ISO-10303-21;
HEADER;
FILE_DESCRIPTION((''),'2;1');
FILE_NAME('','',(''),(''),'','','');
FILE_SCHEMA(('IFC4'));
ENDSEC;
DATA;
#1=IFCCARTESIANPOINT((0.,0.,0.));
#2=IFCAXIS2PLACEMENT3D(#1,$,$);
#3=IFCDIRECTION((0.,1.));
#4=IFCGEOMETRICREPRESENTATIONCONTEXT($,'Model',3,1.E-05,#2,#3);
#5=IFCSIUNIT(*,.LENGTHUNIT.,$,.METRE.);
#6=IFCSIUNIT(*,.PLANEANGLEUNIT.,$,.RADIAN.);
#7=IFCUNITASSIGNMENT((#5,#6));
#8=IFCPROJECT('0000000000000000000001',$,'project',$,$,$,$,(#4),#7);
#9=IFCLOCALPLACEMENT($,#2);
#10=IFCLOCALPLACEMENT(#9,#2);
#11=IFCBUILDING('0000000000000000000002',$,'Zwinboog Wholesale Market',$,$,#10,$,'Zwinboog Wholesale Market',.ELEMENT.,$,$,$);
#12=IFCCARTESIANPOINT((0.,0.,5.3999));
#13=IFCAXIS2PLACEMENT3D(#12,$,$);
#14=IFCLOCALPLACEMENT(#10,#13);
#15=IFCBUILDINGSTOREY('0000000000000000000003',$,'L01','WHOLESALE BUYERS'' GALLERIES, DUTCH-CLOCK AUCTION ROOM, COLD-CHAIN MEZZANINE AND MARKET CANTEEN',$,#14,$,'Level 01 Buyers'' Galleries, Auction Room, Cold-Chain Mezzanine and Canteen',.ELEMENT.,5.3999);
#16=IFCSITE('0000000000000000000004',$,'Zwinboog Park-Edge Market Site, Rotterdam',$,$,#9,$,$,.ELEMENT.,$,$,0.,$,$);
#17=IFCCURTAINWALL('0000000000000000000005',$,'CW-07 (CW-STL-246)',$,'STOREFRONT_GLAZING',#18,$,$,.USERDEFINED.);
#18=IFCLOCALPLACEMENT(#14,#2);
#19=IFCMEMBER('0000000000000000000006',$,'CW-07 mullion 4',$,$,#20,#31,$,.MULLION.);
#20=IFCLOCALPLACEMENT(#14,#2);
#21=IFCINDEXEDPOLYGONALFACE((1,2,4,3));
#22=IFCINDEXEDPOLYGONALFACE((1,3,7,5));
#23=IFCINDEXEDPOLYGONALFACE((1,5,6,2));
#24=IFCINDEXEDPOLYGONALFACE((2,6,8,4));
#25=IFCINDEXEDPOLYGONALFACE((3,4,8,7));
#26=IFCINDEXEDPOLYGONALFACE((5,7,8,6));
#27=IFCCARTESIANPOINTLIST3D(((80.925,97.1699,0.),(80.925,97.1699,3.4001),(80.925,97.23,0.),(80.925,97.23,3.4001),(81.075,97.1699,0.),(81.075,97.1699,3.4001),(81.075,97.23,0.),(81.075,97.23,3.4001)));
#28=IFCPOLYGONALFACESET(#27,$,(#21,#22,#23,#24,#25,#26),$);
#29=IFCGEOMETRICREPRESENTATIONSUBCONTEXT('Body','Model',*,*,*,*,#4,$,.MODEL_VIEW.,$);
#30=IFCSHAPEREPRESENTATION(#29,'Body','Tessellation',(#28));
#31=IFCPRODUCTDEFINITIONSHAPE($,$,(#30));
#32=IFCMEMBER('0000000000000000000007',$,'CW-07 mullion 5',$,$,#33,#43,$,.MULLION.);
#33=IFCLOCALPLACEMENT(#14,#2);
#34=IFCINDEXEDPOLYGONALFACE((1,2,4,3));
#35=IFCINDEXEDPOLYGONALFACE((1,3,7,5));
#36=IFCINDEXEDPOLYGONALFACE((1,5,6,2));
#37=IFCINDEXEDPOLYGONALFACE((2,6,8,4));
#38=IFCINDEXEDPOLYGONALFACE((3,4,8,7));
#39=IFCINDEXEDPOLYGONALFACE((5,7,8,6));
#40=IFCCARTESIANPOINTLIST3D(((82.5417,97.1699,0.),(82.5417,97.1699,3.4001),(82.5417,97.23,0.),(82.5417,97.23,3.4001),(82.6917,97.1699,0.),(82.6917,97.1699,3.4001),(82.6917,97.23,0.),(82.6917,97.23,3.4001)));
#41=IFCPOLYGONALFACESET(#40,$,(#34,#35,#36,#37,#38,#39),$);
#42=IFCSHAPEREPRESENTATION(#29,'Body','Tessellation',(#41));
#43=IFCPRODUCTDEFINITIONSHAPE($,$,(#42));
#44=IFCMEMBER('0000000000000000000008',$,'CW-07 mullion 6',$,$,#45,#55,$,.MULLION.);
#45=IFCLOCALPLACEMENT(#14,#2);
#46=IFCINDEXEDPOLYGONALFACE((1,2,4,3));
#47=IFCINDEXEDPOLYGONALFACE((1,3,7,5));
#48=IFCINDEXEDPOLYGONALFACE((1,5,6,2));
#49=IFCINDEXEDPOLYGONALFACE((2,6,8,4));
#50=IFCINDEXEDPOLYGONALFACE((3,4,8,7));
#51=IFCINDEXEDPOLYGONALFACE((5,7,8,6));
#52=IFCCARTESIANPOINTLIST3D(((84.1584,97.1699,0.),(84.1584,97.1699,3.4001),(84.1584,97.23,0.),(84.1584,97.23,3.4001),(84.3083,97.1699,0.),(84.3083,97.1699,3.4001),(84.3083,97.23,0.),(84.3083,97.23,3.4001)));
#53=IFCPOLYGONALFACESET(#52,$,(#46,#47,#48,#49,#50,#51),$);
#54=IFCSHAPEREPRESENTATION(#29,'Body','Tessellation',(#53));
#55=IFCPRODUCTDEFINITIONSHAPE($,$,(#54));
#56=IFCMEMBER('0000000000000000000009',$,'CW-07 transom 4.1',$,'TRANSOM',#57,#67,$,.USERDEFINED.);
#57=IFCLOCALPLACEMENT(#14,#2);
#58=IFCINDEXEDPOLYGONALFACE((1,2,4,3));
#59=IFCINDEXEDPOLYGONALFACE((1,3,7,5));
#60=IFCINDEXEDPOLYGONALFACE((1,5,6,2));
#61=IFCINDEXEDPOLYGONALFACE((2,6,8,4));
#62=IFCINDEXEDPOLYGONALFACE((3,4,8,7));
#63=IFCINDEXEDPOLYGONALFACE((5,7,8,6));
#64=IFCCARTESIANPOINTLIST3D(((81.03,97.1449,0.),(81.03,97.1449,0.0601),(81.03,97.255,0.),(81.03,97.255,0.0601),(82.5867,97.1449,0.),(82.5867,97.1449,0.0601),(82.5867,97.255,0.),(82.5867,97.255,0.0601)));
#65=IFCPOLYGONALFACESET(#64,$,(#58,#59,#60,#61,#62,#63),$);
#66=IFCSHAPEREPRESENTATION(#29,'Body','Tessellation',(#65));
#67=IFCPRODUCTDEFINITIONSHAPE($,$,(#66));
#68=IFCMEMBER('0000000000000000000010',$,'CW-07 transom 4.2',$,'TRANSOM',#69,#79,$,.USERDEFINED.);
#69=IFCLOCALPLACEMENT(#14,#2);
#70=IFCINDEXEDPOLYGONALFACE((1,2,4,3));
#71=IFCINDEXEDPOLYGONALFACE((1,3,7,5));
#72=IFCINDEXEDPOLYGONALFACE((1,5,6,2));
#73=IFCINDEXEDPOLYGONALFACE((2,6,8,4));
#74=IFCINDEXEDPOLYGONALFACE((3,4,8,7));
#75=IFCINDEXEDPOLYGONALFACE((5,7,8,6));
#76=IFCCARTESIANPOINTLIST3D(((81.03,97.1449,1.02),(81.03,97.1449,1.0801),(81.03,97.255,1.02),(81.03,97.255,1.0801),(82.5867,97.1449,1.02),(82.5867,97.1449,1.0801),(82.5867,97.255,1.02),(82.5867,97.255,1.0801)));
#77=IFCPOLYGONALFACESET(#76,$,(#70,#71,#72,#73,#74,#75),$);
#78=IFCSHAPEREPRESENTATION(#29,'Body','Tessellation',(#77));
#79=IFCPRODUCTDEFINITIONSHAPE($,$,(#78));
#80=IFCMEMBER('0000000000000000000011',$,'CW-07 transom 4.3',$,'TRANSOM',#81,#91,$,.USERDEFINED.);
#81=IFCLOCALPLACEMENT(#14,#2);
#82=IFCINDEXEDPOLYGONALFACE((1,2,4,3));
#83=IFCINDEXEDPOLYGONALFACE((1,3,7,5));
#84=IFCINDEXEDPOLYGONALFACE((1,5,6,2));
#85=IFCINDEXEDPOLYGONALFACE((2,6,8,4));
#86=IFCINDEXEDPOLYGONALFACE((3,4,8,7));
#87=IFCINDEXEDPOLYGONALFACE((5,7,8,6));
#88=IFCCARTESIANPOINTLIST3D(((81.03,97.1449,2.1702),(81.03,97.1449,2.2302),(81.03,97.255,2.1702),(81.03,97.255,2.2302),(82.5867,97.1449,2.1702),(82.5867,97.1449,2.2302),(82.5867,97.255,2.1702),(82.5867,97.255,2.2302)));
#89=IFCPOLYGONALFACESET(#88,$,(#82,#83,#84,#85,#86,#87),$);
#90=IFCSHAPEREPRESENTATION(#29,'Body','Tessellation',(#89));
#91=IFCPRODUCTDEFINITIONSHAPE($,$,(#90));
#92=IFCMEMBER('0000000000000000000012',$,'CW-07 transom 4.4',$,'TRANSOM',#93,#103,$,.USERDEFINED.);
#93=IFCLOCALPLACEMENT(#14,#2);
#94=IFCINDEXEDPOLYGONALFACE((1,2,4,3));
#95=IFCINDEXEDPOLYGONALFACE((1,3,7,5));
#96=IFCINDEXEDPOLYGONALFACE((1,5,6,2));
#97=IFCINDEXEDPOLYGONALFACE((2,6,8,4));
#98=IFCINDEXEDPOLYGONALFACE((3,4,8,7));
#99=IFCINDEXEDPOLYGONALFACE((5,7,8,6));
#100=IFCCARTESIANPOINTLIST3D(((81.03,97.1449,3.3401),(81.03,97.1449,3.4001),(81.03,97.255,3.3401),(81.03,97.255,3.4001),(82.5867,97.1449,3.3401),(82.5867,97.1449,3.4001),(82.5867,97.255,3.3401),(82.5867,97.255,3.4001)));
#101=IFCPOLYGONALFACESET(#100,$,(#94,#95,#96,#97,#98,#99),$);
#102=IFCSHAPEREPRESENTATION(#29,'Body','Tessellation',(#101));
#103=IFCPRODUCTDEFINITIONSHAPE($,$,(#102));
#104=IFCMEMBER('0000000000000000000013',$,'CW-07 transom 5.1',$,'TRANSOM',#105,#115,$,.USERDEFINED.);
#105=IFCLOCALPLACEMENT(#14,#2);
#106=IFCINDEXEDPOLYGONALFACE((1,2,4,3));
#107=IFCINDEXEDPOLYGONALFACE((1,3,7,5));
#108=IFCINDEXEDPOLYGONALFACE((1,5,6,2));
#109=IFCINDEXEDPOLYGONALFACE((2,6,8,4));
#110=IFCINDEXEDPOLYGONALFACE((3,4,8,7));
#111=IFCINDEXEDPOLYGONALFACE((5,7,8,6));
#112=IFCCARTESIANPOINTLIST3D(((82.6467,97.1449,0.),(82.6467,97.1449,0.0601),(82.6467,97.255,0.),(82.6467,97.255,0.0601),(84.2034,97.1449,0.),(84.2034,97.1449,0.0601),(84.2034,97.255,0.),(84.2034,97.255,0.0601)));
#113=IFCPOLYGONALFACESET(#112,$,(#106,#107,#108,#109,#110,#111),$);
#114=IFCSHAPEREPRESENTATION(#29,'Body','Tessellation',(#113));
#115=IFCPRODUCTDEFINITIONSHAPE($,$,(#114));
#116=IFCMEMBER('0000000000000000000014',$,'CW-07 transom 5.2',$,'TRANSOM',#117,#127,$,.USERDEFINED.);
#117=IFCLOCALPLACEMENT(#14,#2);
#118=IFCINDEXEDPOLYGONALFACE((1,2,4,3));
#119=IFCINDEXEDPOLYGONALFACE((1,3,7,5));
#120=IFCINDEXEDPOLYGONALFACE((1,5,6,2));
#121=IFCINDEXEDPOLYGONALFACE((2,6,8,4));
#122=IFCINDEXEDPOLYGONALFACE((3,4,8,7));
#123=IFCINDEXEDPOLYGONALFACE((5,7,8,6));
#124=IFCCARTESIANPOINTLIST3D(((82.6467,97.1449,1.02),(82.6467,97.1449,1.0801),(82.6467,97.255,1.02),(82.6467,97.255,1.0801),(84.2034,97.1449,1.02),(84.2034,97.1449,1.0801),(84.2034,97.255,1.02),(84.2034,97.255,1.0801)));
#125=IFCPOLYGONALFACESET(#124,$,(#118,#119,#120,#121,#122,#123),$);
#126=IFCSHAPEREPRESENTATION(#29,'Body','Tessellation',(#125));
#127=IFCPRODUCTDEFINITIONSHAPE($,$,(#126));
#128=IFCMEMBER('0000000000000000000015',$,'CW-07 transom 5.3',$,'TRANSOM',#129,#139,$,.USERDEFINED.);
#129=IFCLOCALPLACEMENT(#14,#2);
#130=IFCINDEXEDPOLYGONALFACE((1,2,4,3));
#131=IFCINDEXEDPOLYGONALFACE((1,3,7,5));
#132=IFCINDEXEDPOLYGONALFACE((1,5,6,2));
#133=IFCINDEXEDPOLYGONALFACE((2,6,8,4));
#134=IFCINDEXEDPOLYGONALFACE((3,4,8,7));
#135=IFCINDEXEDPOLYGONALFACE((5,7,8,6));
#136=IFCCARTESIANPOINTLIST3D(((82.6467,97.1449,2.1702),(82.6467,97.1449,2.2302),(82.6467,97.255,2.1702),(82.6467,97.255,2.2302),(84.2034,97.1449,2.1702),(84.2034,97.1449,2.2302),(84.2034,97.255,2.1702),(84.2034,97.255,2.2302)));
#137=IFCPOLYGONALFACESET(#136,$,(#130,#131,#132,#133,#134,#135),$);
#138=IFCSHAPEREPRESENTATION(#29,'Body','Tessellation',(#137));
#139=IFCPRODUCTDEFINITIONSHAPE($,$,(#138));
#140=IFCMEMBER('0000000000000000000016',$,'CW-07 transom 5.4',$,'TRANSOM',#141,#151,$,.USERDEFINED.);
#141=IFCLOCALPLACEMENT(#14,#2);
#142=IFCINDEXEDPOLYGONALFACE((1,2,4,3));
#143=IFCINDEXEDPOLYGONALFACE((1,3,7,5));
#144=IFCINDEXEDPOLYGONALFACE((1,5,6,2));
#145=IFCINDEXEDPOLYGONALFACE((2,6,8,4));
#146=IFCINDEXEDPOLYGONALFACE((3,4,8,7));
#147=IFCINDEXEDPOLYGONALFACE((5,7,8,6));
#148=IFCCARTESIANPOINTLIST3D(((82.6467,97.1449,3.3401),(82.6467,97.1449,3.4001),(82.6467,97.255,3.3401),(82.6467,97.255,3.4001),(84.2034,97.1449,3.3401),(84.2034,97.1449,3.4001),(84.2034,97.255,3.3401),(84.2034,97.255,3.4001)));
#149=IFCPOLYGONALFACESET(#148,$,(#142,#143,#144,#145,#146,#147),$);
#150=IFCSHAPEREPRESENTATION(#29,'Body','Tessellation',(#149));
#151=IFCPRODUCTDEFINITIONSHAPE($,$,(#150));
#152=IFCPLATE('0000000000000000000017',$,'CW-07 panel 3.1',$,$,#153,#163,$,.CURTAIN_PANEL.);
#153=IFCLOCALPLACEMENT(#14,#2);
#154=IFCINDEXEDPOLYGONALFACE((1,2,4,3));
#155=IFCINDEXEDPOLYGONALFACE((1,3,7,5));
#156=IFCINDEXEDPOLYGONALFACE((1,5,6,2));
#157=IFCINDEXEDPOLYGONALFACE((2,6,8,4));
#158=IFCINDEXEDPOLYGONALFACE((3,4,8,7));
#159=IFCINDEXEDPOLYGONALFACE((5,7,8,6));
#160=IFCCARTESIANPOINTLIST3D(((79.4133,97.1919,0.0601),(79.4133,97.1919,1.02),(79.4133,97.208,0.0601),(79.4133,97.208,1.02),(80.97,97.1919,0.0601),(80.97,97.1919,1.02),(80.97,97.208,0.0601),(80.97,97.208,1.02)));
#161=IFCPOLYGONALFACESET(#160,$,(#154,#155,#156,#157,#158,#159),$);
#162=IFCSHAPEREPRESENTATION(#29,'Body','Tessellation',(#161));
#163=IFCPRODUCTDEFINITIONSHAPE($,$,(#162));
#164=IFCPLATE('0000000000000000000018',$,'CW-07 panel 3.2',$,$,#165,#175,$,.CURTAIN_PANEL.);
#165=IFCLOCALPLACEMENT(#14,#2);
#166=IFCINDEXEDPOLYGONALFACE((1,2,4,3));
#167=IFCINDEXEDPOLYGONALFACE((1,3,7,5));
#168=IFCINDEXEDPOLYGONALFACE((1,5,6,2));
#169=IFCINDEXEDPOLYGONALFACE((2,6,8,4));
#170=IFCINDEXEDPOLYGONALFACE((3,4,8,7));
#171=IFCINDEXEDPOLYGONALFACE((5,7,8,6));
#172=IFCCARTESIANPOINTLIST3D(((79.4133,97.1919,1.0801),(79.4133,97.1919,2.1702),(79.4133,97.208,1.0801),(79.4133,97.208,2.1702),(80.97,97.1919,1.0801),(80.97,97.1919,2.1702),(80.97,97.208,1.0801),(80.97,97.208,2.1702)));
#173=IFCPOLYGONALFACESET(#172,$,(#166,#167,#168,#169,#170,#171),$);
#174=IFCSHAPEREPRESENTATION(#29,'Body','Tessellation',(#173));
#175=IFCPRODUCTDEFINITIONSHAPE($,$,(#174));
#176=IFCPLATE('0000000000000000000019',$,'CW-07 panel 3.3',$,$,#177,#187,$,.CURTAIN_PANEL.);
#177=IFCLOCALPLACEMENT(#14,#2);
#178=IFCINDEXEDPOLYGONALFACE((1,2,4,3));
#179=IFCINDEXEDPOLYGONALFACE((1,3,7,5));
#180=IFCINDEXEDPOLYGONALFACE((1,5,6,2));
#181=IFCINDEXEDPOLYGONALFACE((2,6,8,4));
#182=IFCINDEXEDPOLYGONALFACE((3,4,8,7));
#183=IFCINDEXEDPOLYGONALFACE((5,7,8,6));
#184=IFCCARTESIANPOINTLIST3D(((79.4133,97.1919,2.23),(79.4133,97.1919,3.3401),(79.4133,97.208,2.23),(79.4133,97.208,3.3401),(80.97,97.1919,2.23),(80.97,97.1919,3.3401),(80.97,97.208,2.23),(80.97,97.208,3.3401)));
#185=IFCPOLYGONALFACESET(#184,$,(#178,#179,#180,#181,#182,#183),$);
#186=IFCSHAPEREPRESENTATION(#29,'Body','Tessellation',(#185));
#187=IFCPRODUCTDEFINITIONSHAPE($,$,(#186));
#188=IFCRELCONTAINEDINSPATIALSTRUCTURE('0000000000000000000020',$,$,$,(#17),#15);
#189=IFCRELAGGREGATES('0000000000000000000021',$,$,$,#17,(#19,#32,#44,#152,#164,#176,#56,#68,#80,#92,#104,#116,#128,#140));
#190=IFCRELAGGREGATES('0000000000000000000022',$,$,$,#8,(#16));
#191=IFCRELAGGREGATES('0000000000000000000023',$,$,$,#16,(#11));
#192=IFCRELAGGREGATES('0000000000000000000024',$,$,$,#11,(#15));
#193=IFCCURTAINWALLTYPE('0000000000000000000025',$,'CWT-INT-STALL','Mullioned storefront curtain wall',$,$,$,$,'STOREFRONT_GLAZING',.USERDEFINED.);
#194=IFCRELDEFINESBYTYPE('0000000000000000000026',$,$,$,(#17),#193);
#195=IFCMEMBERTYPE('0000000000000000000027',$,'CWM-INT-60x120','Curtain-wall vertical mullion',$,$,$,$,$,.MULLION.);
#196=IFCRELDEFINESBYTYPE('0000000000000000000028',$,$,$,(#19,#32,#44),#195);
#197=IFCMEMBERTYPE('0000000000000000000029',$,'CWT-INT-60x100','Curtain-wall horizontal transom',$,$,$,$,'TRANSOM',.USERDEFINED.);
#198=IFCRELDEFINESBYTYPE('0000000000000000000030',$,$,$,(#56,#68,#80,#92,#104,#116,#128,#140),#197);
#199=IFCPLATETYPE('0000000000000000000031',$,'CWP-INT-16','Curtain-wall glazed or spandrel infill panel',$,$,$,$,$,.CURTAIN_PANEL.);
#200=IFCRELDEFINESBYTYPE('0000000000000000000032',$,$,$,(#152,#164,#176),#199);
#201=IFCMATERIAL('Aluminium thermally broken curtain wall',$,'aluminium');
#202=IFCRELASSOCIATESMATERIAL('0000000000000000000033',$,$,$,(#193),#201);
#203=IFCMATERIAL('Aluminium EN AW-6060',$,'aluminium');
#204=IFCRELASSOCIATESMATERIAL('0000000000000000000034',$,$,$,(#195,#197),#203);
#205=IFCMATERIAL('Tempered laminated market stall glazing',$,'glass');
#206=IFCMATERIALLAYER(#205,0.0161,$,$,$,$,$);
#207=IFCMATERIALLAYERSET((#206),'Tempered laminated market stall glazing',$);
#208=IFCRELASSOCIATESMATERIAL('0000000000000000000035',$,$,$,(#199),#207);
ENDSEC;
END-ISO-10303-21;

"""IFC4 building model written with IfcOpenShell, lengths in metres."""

from ifc_helpers import new_model, si_unit, direction, frame, origin, origin_2d, place, context, subcontext, project, spatial, rectangle, extrude, material, layer, layer_set, material_profile, profile_set, type_object, element, aggregate, save


model = new_model("IFC4")

# Units and contexts
model_context = context("Model", 3, precision=1e-05, world=origin(), true_north=direction((0.0, 1.0)))
body_context = subcontext(model_context, "Body", "Model", "MODEL_VIEW")
ifc_project = project(units=[si_unit("LENGTHUNIT", "METRE"), si_unit("PLANEANGLEUNIT", "RADIAN")], contexts=[model_context])

# Site, building, storey
site_placement = place(None, origin())
site = spatial("IfcSite", under=ifc_project, at=site_placement, Name="Zwinboog Park-Edge Market Site, Rotterdam", CompositionType="ELEMENT", RefElevation=0.0)
building_placement = place(site_placement, origin())
building = spatial("IfcBuilding", under=site, at=building_placement, Name="Zwinboog Wholesale Market", LongName="Zwinboog Wholesale Market", CompositionType="ELEMENT")
storey_placement = place(building_placement, frame((0.0, 0.0, 5.3999)))
storey = spatial("IfcBuildingStorey", under=building, at=storey_placement, Name="L01", Description="WHOLESALE BUYERS' GALLERIES, DUTCH-CLOCK AUCTION ROOM, COLD-CHAIN MEZZANINE AND MARKET CANTEEN", LongName="Level 01 Buyers' Galleries, Auction Room, Cold-Chain Mezzanine and Canteen", CompositionType="ELEMENT", Elevation=5.3999)

# Curtain wall, members, plates
ifc_material_1 = material(Name="Aluminium thermally broken curtain wall", Category="aluminium")
curtain_wall_type = type_object("IfcCurtainWallType", Name="CWT-INT-STALL", Description="Mullioned storefront curtain wall", ElementType="STOREFRONT_GLAZING", PredefinedType="USERDEFINED", material=ifc_material_1)
curtain_wall_placement = place(storey_placement, origin())
curtain_wall = element("IfcCurtainWall", 1, at=curtain_wall_placement, inside=storey, type_object=curtain_wall_type, Name="CW-07 (CW-STL-246)", ObjectType="STOREFRONT_GLAZING", PredefinedType="USERDEFINED")
ifc_material_2 = material(Name="Aluminium EN AW-6060", Category="aluminium")
ifc_material_profile_1 = material_profile(ifc_material_2, rectangle(XDim=0.0601, YDim=0.1499, at=origin_2d()), Name="AL 60x150")
ifc_profile_set_1 = profile_set([ifc_material_profile_1], Name="Aluminium EN AW-6060")
member_type_1 = type_object("IfcMemberType", Name="CWM-INT-60x120", Description="Curtain-wall vertical mullion", PredefinedType="MULLION", material=ifc_profile_set_1)
member_1_placement = place(storey_placement, frame((81.0, 97.2, 0.0), z_axis=(0.0, 0.0, 1.0), x_axis=(0.0, 1.0, 0.0)))
member_1 = element("IfcMember", 2, at=member_1_placement, type_object=member_type_1, Name="CW-07 mullion 4", PredefinedType="MULLION", context=body_context, shape_type="SweptSolid", body=[
    extrude(rectangle(XDim=0.0601, YDim=0.1499, at=origin_2d()), origin(), (0.0, 0.0, 1.0), 3.4001),
])
member_2_placement = place(storey_placement, frame((82.6167, 97.2, 0.0), z_axis=(0.0, 0.0, 1.0), x_axis=(0.0, 1.0, 0.0)))
member_2 = element("IfcMember", 3, at=member_2_placement, type_object=member_type_1, Name="CW-07 mullion 5", PredefinedType="MULLION", context=body_context, shape_type="SweptSolid", body=[
    extrude(rectangle(XDim=0.0601, YDim=0.1499, at=origin_2d()), origin(), (0.0, 0.0, 1.0), 3.4001),
])
member_3_placement = place(storey_placement, frame((84.2334, 97.2, 0.0), z_axis=(0.0, 0.0, 1.0), x_axis=(0.0, 1.0, 0.0)))
member_3 = element("IfcMember", 4, at=member_3_placement, type_object=member_type_1, Name="CW-07 mullion 6", PredefinedType="MULLION", context=body_context, shape_type="SweptSolid", body=[
    extrude(rectangle(XDim=0.0601, YDim=0.1499, at=origin_2d()), origin(), (0.0, 0.0, 1.0), 3.4001),
])
ifc_material_profile_2 = material_profile(ifc_material_2, rectangle(XDim=0.1101, YDim=0.0601, at=origin_2d()), Name="AL 60x110")
ifc_profile_set_2 = profile_set([ifc_material_profile_2], Name="Aluminium EN AW-6060")
member_type_2 = type_object("IfcMemberType", Name="CWT-INT-60x100", Description="Curtain-wall horizontal transom", ElementType="TRANSOM", PredefinedType="USERDEFINED", material=ifc_profile_set_2)
member_4_placement = place(storey_placement, frame((81.03, 97.2, 0.03), z_axis=(1.0, 0.0, 0.0), x_axis=(0.0, 1.0, 0.0)))
member_4 = element("IfcMember", 5, at=member_4_placement, type_object=member_type_2, Name="CW-07 transom 4.1", ObjectType="TRANSOM", PredefinedType="USERDEFINED", context=body_context, shape_type="SweptSolid", body=[
    extrude(rectangle(XDim=0.1101, YDim=0.0601, at=origin_2d()), origin(), (0.0, 0.0, 1.0), 1.5566),
])
member_5_placement = place(storey_placement, frame((81.03, 97.2, 1.05), z_axis=(1.0, 0.0, 0.0), x_axis=(0.0, 1.0, 0.0)))
member_5 = element("IfcMember", 6, at=member_5_placement, type_object=member_type_2, Name="CW-07 transom 4.2", ObjectType="TRANSOM", PredefinedType="USERDEFINED", context=body_context, shape_type="SweptSolid", body=[
    extrude(rectangle(XDim=0.1101, YDim=0.0601, at=origin_2d()), origin(), (0.0, 0.0, 1.0), 1.5566),
])
member_6_placement = place(storey_placement, frame((81.03, 97.2, 2.2002), z_axis=(1.0, 0.0, 0.0), x_axis=(0.0, 1.0, 0.0)))
member_6 = element("IfcMember", 7, at=member_6_placement, type_object=member_type_2, Name="CW-07 transom 4.3", ObjectType="TRANSOM", PredefinedType="USERDEFINED", context=body_context, shape_type="SweptSolid", body=[
    extrude(rectangle(XDim=0.1101, YDim=0.0601, at=origin_2d()), origin(), (0.0, 0.0, 1.0), 1.5566),
])
member_7_placement = place(storey_placement, frame((81.03, 97.2, 3.3701), z_axis=(1.0, 0.0, 0.0), x_axis=(0.0, 1.0, 0.0)))
member_7 = element("IfcMember", 8, at=member_7_placement, type_object=member_type_2, Name="CW-07 transom 4.4", ObjectType="TRANSOM", PredefinedType="USERDEFINED", context=body_context, shape_type="SweptSolid", body=[
    extrude(rectangle(XDim=0.1101, YDim=0.0601, at=origin_2d()), origin(), (0.0, 0.0, 1.0), 1.5566),
])
member_8_placement = place(storey_placement, frame((82.6467, 97.2, 0.03), z_axis=(1.0, 0.0, 0.0), x_axis=(0.0, 1.0, 0.0)))
member_8 = element("IfcMember", 9, at=member_8_placement, type_object=member_type_2, Name="CW-07 transom 5.1", ObjectType="TRANSOM", PredefinedType="USERDEFINED", context=body_context, shape_type="SweptSolid", body=[
    extrude(rectangle(XDim=0.1101, YDim=0.0601, at=origin_2d()), origin(), (0.0, 0.0, 1.0), 1.5566),
])
member_9_placement = place(storey_placement, frame((82.6467, 97.2, 1.05), z_axis=(1.0, 0.0, 0.0), x_axis=(0.0, 1.0, 0.0)))
member_9 = element("IfcMember", 10, at=member_9_placement, type_object=member_type_2, Name="CW-07 transom 5.2", ObjectType="TRANSOM", PredefinedType="USERDEFINED", context=body_context, shape_type="SweptSolid", body=[
    extrude(rectangle(XDim=0.1101, YDim=0.0601, at=origin_2d()), origin(), (0.0, 0.0, 1.0), 1.5566),
])
member_10_placement = place(storey_placement, frame((82.6467, 97.2, 2.2002), z_axis=(1.0, 0.0, 0.0), x_axis=(0.0, 1.0, 0.0)))
member_10 = element("IfcMember", 11, at=member_10_placement, type_object=member_type_2, Name="CW-07 transom 5.3", ObjectType="TRANSOM", PredefinedType="USERDEFINED", context=body_context, shape_type="SweptSolid", body=[
    extrude(rectangle(XDim=0.1101, YDim=0.0601, at=origin_2d()), origin(), (0.0, 0.0, 1.0), 1.5566),
])
member_11_placement = place(storey_placement, frame((82.6467, 97.2, 3.3701), z_axis=(1.0, 0.0, 0.0), x_axis=(0.0, 1.0, 0.0)))
member_11 = element("IfcMember", 12, at=member_11_placement, type_object=member_type_2, Name="CW-07 transom 5.4", ObjectType="TRANSOM", PredefinedType="USERDEFINED", context=body_context, shape_type="SweptSolid", body=[
    extrude(rectangle(XDim=0.1101, YDim=0.0601, at=origin_2d()), origin(), (0.0, 0.0, 1.0), 1.5566),
])
ifc_material_3 = material(Name="Tempered laminated market stall glazing", Category="glass")
ifc_layer = layer(ifc_material_3, 0.0161)
ifc_layer_set = layer_set([ifc_layer], Name="Tempered laminated market stall glazing")
plate_type = type_object("IfcPlateType", Name="CWP-INT-16", Description="Curtain-wall glazed or spandrel infill panel", PredefinedType="CURTAIN_PANEL", material=ifc_layer_set)
plate_1_placement = place(storey_placement, frame((80.1917, 97.2, 0.0601), z_axis=(0.0, 0.0, 1.0), x_axis=(1.0, 0.0, 0.0)))
plate_1 = element("IfcPlate", 13, at=plate_1_placement, type_object=plate_type, Name="CW-07 panel 3.1", PredefinedType="CURTAIN_PANEL", context=body_context, shape_type="SweptSolid", body=[
    extrude(rectangle(XDim=1.5566, YDim=0.0161, at=origin_2d()), origin(), (0.0, 0.0, 1.0), 0.96),
])
plate_2_placement = place(storey_placement, frame((80.1917, 97.2, 1.0801), z_axis=(0.0, 0.0, 1.0), x_axis=(1.0, 0.0, 0.0)))
plate_2 = element("IfcPlate", 14, at=plate_2_placement, type_object=plate_type, Name="CW-07 panel 3.2", PredefinedType="CURTAIN_PANEL", context=body_context, shape_type="SweptSolid", body=[
    extrude(rectangle(XDim=1.5566, YDim=0.0161, at=origin_2d()), origin(), (0.0, 0.0, 1.0), 1.0901),
])
plate_3_placement = place(storey_placement, frame((80.1917, 97.2, 2.23), z_axis=(0.0, 0.0, 1.0), x_axis=(1.0, 0.0, 0.0)))
plate_3 = element("IfcPlate", 15, at=plate_3_placement, type_object=plate_type, Name="CW-07 panel 3.3", PredefinedType="CURTAIN_PANEL", context=body_context, shape_type="SweptSolid", body=[
    extrude(rectangle(XDim=1.5566, YDim=0.0161, at=origin_2d()), origin(), (0.0, 0.0, 1.0), 1.1101),
])
aggregate(curtain_wall, [member_1, member_2, member_3, plate_1, plate_2, plate_3, member_4, member_5, member_6, member_7, member_8, member_9, member_10, member_11])

save(model, "model.ifc")
